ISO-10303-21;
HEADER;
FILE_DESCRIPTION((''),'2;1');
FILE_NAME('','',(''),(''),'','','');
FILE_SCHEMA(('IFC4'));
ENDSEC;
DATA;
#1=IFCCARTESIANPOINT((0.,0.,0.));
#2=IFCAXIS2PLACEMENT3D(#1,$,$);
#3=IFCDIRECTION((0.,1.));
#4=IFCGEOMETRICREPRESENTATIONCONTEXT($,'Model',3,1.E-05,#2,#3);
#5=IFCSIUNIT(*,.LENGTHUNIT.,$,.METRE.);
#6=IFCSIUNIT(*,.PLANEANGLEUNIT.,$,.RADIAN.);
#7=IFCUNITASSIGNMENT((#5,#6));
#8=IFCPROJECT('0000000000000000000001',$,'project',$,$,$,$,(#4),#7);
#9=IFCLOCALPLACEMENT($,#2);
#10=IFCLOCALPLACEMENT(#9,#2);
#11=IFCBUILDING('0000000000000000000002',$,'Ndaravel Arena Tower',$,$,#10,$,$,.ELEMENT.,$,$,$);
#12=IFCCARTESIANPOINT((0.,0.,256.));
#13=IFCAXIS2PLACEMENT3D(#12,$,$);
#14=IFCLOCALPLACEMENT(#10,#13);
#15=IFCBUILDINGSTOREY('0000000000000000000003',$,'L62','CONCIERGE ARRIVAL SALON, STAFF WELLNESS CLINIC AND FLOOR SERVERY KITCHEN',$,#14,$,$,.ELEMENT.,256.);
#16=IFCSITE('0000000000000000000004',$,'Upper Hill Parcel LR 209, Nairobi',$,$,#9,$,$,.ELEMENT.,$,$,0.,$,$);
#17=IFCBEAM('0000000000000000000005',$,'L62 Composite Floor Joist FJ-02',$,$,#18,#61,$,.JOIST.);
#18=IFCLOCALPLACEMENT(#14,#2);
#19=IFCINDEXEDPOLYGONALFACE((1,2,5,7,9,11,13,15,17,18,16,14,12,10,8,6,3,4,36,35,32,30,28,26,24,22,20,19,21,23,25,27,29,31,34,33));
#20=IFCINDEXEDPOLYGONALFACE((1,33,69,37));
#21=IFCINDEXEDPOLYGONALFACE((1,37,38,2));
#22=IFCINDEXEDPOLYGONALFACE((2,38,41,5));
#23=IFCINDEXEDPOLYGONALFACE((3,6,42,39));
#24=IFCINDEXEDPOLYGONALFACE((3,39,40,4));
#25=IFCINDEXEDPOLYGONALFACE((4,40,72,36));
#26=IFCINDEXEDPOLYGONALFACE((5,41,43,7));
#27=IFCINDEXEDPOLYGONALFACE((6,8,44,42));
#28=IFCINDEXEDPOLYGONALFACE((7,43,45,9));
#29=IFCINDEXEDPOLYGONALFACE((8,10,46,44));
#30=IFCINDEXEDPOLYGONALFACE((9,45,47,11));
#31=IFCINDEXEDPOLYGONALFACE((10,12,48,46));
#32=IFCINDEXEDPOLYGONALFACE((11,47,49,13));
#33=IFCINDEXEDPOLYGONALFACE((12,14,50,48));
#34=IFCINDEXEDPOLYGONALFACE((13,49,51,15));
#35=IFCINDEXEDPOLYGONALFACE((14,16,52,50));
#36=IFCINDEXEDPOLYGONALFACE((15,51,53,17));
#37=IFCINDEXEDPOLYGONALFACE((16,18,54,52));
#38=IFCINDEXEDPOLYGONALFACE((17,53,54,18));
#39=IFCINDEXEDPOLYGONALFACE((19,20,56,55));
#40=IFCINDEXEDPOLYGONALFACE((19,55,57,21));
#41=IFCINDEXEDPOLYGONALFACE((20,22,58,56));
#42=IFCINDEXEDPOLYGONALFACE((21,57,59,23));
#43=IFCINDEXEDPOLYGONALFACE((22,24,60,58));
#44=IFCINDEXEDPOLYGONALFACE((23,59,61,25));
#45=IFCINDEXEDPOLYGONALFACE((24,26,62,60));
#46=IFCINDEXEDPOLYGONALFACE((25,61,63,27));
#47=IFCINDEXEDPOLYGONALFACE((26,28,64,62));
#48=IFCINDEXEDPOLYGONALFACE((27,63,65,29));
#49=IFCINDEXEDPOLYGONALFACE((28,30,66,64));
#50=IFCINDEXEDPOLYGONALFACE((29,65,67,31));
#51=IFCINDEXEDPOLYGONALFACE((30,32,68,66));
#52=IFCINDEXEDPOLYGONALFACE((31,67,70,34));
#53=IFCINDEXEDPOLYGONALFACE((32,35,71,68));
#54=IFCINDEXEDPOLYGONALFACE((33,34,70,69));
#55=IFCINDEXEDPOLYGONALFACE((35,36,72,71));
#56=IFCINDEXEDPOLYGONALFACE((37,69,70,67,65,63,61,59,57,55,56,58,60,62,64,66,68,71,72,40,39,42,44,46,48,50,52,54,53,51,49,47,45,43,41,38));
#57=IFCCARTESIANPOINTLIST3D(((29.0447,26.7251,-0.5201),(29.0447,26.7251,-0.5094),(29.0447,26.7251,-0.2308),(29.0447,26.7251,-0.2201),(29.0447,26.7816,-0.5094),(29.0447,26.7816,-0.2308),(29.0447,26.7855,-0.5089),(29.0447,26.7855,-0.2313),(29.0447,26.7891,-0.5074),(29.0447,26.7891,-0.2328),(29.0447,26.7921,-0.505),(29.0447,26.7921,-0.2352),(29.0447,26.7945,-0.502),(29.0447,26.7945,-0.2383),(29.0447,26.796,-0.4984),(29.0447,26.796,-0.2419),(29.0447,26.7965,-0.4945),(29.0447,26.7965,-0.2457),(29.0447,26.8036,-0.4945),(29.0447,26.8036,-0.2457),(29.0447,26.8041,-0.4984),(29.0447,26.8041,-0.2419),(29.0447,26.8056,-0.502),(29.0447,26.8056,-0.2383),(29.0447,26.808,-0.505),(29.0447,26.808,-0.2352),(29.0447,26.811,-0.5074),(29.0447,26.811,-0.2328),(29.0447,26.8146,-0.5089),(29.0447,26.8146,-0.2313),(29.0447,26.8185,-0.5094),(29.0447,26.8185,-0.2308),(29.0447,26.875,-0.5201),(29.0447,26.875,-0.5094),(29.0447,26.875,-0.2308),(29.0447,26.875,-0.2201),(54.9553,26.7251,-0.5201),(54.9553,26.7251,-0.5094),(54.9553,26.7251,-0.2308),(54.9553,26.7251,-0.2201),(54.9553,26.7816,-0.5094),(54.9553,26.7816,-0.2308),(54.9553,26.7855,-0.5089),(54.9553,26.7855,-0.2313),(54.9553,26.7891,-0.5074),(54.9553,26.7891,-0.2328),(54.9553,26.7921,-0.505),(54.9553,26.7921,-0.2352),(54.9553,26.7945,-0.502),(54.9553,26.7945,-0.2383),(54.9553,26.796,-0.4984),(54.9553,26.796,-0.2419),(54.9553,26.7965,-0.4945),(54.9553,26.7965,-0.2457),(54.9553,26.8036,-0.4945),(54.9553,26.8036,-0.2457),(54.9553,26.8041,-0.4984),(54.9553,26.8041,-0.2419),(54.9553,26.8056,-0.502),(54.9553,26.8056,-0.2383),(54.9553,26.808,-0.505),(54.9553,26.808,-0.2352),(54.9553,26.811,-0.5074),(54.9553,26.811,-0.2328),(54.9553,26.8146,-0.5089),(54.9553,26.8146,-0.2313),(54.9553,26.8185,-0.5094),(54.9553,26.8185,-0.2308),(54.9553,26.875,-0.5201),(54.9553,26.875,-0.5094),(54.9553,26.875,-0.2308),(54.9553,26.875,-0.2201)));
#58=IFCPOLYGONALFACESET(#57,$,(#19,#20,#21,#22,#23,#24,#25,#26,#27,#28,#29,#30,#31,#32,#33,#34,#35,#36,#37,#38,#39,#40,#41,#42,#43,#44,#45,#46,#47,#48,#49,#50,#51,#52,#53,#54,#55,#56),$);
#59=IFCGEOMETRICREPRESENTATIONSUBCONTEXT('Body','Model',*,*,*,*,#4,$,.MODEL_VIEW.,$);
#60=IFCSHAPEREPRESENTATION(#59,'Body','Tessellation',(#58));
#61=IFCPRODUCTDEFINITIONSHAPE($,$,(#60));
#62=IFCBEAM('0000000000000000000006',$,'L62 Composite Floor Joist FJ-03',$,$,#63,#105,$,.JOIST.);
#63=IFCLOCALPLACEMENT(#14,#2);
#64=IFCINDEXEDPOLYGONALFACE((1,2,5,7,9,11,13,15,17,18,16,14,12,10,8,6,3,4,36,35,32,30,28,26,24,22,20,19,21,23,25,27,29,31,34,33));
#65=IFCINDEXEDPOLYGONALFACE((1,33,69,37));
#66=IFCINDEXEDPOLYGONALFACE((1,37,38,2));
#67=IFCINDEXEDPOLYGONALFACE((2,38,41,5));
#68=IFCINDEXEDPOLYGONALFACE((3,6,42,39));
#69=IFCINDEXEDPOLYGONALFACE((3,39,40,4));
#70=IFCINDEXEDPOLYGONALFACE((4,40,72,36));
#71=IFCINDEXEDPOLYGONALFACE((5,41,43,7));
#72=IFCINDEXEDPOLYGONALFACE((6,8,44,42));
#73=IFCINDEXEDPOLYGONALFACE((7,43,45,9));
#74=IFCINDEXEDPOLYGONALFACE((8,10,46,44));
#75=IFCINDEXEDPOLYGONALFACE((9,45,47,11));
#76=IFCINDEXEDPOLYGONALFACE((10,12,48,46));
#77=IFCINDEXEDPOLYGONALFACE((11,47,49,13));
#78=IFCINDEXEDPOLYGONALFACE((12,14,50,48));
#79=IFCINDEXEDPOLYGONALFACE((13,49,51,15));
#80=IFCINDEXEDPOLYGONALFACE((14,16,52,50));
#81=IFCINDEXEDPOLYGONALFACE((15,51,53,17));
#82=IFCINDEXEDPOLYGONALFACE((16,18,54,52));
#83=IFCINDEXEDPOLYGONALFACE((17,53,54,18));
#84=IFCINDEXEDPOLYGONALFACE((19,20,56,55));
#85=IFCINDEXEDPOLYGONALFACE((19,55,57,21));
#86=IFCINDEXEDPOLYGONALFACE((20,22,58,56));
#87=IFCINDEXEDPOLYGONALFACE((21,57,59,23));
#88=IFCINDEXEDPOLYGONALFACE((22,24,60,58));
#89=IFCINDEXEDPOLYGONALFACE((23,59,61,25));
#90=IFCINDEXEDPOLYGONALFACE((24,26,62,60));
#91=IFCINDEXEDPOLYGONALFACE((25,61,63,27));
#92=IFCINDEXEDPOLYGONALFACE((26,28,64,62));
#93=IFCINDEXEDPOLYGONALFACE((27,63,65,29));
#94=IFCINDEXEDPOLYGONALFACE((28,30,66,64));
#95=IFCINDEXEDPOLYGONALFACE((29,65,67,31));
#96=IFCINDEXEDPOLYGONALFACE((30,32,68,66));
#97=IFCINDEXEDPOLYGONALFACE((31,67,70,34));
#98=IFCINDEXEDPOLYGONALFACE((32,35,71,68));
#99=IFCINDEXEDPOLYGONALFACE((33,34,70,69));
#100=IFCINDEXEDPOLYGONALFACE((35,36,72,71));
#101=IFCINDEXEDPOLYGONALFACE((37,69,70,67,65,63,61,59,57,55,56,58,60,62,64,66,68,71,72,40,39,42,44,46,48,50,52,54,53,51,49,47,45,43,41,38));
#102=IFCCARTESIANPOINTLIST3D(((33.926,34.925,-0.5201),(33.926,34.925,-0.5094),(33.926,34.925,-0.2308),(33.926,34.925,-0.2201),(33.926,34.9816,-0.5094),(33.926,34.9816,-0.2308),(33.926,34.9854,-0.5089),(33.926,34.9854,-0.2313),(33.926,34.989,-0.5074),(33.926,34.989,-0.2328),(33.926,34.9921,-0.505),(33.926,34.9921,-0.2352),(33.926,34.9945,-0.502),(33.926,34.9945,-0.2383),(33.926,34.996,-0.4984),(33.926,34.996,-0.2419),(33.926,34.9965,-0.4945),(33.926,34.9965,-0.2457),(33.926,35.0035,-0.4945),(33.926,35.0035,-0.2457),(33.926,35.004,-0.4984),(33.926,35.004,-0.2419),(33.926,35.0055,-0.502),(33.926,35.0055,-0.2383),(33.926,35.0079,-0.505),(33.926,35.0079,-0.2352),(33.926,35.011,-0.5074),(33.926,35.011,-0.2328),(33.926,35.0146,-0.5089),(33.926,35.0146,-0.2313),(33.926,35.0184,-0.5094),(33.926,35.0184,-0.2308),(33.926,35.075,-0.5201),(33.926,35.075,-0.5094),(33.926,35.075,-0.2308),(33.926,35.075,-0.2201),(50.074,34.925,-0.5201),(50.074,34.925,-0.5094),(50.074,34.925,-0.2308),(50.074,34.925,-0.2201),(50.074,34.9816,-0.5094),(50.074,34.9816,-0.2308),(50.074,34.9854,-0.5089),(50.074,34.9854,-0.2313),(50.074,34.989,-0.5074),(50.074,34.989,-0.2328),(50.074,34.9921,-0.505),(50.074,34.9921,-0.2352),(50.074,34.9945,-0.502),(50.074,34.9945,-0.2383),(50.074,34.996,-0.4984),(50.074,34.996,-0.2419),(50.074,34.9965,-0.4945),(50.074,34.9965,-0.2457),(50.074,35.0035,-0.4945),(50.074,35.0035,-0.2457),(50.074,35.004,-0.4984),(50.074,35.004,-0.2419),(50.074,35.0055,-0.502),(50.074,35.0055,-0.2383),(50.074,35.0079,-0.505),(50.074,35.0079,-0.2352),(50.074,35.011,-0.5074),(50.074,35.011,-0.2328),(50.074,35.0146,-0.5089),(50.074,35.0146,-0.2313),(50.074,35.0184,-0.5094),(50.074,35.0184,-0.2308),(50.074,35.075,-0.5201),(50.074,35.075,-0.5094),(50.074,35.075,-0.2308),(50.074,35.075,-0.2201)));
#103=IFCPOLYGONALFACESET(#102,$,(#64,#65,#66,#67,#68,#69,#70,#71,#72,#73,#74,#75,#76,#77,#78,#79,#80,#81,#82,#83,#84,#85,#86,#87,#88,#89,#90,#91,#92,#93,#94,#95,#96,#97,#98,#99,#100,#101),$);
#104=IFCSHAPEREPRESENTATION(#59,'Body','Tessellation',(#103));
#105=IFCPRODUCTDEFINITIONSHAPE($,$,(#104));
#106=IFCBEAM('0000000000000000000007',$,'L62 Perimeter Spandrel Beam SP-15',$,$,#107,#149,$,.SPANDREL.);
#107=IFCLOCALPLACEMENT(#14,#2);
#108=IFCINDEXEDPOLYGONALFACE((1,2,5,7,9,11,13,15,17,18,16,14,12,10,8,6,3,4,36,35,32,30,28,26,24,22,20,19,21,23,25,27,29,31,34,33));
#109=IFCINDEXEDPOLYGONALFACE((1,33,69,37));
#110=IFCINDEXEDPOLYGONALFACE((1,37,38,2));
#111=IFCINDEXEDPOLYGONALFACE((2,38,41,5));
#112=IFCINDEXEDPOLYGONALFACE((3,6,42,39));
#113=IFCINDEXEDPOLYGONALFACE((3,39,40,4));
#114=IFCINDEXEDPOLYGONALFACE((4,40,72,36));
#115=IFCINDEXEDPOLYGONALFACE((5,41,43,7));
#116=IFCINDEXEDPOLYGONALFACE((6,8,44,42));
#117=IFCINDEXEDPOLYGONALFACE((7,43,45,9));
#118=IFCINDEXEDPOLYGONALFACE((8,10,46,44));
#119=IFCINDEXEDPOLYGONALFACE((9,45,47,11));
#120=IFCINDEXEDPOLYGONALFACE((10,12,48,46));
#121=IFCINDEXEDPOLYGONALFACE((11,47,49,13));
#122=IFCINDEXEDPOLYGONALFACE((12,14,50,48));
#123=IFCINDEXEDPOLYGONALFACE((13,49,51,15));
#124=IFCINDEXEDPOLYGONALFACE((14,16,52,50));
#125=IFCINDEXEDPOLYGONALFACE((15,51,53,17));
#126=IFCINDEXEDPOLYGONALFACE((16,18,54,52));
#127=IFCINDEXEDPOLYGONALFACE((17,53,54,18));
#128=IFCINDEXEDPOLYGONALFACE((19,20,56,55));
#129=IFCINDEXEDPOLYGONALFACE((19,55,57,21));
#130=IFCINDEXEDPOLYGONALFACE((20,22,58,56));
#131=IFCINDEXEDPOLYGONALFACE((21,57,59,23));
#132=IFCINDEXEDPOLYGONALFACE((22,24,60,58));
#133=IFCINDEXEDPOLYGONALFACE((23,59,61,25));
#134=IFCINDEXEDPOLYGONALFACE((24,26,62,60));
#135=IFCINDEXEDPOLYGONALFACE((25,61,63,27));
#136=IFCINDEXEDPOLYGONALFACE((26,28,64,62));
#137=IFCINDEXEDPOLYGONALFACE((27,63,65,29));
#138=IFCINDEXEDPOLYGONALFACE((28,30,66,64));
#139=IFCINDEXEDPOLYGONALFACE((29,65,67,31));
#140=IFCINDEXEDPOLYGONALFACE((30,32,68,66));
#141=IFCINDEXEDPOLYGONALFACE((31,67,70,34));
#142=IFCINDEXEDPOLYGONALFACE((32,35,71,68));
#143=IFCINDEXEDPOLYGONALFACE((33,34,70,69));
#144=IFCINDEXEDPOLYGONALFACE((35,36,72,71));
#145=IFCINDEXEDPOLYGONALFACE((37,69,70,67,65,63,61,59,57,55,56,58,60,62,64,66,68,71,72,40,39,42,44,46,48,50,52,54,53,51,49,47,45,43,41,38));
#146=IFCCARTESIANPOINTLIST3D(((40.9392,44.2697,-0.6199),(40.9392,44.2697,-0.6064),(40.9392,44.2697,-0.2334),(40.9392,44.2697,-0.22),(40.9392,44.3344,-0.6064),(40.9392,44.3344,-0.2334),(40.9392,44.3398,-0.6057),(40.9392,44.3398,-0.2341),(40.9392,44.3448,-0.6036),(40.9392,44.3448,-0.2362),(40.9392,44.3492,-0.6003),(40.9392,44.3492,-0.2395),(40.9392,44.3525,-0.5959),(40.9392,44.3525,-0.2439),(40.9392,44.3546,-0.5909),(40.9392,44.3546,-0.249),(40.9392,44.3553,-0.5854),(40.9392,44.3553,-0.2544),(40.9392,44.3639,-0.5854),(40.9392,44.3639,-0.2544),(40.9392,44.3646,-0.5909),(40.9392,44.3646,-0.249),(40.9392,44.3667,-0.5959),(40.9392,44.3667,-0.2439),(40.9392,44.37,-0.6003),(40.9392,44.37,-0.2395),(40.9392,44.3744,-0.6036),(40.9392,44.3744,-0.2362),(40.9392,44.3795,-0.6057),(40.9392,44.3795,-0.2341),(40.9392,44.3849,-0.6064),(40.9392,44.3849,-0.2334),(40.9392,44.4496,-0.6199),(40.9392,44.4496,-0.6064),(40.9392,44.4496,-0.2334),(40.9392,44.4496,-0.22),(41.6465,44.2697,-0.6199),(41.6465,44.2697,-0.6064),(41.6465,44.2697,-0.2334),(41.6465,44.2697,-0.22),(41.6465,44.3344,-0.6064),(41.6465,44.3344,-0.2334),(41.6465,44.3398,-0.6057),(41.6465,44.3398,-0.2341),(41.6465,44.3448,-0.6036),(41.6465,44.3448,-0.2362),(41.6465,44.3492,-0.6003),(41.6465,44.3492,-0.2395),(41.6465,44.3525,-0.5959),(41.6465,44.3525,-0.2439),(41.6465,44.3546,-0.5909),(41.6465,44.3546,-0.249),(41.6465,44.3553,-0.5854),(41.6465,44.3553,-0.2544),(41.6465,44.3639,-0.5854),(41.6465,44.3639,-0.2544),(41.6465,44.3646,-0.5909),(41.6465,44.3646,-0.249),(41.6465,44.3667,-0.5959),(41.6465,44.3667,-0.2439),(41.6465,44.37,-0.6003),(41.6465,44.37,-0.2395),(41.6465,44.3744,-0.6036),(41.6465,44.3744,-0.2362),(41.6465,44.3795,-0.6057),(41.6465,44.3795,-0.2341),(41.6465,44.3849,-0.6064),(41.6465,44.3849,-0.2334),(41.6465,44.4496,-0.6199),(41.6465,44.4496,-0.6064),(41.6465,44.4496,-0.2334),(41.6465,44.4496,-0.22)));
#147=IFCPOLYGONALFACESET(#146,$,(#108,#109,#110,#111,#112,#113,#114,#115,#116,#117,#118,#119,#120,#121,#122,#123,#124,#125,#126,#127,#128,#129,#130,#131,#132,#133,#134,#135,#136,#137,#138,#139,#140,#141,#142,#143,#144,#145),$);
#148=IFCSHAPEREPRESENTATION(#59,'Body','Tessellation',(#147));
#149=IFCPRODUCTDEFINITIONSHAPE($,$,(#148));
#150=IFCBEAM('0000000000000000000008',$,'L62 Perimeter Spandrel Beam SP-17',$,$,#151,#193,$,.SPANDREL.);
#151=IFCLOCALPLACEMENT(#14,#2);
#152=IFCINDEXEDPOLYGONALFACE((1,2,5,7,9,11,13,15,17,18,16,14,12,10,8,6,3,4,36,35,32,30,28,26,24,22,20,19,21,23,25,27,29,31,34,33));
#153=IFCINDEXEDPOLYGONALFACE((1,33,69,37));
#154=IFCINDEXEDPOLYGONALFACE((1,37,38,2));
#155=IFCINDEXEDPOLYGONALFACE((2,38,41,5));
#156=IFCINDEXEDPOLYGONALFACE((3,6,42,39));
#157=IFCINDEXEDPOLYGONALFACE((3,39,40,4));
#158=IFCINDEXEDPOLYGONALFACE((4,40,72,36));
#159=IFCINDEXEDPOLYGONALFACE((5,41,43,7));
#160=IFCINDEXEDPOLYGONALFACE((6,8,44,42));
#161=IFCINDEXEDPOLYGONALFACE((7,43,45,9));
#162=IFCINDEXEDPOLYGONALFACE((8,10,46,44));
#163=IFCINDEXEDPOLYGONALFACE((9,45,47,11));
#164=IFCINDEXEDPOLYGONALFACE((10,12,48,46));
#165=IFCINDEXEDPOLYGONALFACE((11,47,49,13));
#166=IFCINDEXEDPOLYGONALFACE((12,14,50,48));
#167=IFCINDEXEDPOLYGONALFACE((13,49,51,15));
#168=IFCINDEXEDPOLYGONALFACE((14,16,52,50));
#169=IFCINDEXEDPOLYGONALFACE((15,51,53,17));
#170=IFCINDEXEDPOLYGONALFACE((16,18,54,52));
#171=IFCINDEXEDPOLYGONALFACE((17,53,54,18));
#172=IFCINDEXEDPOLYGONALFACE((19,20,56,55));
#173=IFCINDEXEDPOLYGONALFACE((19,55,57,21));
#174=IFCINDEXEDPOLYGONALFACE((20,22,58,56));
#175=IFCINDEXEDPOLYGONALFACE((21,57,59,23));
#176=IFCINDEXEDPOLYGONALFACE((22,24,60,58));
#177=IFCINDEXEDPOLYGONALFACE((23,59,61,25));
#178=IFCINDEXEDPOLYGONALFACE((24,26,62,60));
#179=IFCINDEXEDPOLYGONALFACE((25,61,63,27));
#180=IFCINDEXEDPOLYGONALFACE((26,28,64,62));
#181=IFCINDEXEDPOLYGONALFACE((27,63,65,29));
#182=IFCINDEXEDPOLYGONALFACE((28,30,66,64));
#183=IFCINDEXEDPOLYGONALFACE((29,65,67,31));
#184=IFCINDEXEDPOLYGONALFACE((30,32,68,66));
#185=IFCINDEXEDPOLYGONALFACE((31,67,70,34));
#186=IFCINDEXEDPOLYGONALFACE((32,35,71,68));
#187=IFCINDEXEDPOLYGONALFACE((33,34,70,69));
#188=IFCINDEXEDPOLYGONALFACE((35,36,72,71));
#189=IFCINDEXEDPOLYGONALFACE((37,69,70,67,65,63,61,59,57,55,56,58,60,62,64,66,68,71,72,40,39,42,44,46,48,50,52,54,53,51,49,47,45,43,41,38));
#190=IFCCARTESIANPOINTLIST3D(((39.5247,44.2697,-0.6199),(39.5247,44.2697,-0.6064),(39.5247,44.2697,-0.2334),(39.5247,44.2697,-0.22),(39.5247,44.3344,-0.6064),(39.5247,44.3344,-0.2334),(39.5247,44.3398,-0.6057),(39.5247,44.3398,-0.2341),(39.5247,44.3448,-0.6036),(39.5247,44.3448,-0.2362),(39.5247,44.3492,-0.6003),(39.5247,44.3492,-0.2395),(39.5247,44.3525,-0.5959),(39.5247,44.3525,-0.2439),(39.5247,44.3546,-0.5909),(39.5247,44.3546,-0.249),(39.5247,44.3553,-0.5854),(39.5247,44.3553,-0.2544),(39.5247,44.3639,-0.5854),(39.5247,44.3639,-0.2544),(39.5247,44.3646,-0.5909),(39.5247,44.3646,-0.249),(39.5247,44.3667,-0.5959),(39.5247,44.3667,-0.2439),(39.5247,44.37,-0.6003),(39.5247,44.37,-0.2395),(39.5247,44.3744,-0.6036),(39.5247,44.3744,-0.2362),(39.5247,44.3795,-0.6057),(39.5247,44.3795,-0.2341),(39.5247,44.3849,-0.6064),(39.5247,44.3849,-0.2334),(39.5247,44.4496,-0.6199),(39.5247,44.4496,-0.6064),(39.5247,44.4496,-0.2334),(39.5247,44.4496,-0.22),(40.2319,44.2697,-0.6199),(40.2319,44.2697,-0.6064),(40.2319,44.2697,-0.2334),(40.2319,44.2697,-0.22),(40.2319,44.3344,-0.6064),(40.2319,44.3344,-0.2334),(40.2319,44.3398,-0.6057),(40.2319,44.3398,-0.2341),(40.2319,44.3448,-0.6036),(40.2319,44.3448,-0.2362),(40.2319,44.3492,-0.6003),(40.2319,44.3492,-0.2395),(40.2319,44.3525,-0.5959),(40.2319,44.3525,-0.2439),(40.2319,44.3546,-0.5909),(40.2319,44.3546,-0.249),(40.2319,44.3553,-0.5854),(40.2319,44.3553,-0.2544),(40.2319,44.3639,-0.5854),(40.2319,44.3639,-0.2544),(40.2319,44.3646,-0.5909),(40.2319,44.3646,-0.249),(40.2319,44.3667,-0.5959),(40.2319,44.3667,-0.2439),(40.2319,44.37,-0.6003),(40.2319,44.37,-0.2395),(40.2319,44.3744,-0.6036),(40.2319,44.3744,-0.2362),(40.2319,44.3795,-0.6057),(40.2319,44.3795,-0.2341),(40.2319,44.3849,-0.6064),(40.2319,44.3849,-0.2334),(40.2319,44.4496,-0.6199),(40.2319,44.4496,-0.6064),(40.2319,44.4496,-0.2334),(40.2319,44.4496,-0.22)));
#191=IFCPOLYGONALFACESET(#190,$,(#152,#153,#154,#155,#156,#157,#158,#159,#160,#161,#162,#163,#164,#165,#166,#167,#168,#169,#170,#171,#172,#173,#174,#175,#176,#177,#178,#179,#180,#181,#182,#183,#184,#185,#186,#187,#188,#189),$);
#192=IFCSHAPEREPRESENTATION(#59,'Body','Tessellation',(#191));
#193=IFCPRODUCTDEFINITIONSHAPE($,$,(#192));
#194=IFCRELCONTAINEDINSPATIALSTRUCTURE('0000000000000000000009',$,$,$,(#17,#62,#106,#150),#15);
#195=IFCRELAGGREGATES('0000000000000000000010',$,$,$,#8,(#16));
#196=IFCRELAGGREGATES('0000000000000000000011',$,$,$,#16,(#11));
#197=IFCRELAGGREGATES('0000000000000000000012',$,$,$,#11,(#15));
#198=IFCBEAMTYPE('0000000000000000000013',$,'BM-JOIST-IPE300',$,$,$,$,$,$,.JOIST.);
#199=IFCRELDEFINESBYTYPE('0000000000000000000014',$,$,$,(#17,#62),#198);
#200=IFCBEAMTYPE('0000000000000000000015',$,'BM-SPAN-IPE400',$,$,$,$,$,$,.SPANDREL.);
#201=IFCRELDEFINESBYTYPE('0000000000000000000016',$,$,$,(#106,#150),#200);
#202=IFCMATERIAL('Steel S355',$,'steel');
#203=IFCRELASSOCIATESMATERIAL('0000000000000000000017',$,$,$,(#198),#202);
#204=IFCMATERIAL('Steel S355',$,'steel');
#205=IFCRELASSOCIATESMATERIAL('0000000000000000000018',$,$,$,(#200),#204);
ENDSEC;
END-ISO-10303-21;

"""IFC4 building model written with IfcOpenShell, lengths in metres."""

from ifc_helpers import new_model, si_unit, direction, frame, origin, origin_2d, place, context, subcontext, project, spatial, i_section, extrude, material, material_profile, profile_set, type_object, element, save


model = new_model("IFC4")

# Units and contexts
model_context = context("Model", 3, precision=1e-05, world=origin(), true_north=direction((0.0, 1.0)))
body_context = subcontext(model_context, "Body", "Model", "MODEL_VIEW")
ifc_project = project(units=[si_unit("LENGTHUNIT", "METRE"), si_unit("PLANEANGLEUNIT", "RADIAN")], contexts=[model_context])

# Site, building, storey
site_placement = place(None, origin())
site = spatial("IfcSite", under=ifc_project, at=site_placement, Name="Upper Hill Parcel LR 209, Nairobi", CompositionType="ELEMENT", RefElevation=0.0)
building_placement = place(site_placement, origin())
building = spatial("IfcBuilding", under=site, at=building_placement, Name="Ndaravel Arena Tower", CompositionType="ELEMENT")
storey_placement = place(building_placement, frame((0.0, 0.0, 256.0)))
storey = spatial("IfcBuildingStorey", under=building, at=storey_placement, Name="L62", Description="CONCIERGE ARRIVAL SALON, STAFF WELLNESS CLINIC AND FLOOR SERVERY KITCHEN", CompositionType="ELEMENT", Elevation=256.0)

# Beams
ifc_material_1 = material(Name="Steel S355", Category="steel")
ifc_material_profile_1 = material_profile(ifc_material_1, i_section(OverallWidth=0.1499, OverallDepth=0.3, WebThickness=0.0071, FlangeThickness=0.0107, FilletRadius=0.0149, at=origin_2d()), Name="IPE 300")
ifc_profile_set_1 = profile_set([ifc_material_profile_1], Name="Steel S355")
beam_type_1 = type_object("IfcBeamType", Name="BM-JOIST-IPE300", PredefinedType="JOIST", material=ifc_profile_set_1)
beam_1_placement = place(storey_placement, frame((29.0447, 26.8, -0.3701), z_axis=(1.0, 0.0, 0.0), x_axis=(0.0, 1.0, 0.0)))
element("IfcBeam", 1, at=beam_1_placement, inside=storey, type_object=beam_type_1, Name="L62 Composite Floor Joist FJ-02", PredefinedType="JOIST", context=body_context, shape_type="SweptSolid", body=[
    extrude(i_section(OverallWidth=0.1499, OverallDepth=0.3, WebThickness=0.0071, FlangeThickness=0.0107, FilletRadius=0.0149, at=origin_2d()), origin(), (0.0, 0.0, 1.0), 25.9106),
])
beam_2_placement = place(storey_placement, frame((33.926, 35.0, -0.3701), z_axis=(1.0, 0.0, 0.0), x_axis=(0.0, 1.0, 0.0)))
element("IfcBeam", 2, at=beam_2_placement, inside=storey, type_object=beam_type_1, Name="L62 Composite Floor Joist FJ-03", PredefinedType="JOIST", context=body_context, shape_type="SweptSolid", body=[
    extrude(i_section(OverallWidth=0.1499, OverallDepth=0.3, WebThickness=0.0071, FlangeThickness=0.0107, FilletRadius=0.0149, at=origin_2d()), origin(), (0.0, 0.0, 1.0), 16.1479),
])
ifc_material_2 = material(Name="Steel S355", Category="steel")
ifc_material_profile_2 = material_profile(ifc_material_2, i_section(OverallWidth=0.1799, OverallDepth=0.3999, WebThickness=0.0085, FlangeThickness=0.0134, FilletRadius=0.021, at=origin_2d()), Name="IPE 400")
ifc_profile_set_2 = profile_set([ifc_material_profile_2], Name="Steel S355")
beam_type_2 = type_object("IfcBeamType", Name="BM-SPAN-IPE400", PredefinedType="SPANDREL", material=ifc_profile_set_2)
for number, where, z_axis, x_axis, name in (
    (3, (41.6465, 44.3596, -0.4199), (-1.0, 0.0, 0.0), (0.0, -1.0, 0.0), "L62 Perimeter Spandrel Beam SP-15"),
    (4, (40.2319, 44.3596, -0.4199), (-1.0, 0.0, 0.0), (0.0, -1.0, 0.0), "L62 Perimeter Spandrel Beam SP-17"),
):
    element("IfcBeam", number, at=place(storey_placement, frame(where, z_axis=z_axis, x_axis=x_axis)), inside=storey, type_object=beam_type_2, Name=name, PredefinedType="SPANDREL", context=body_context, shape_type="SweptSolid", body=[
        extrude(i_section(OverallWidth=0.1799, OverallDepth=0.3999, WebThickness=0.0085, FlangeThickness=0.0134, FilletRadius=0.021, at=origin_2d()), origin(), (0.0, 0.0, 1.0), 0.7073),
    ])

save(model, "model.ifc")
